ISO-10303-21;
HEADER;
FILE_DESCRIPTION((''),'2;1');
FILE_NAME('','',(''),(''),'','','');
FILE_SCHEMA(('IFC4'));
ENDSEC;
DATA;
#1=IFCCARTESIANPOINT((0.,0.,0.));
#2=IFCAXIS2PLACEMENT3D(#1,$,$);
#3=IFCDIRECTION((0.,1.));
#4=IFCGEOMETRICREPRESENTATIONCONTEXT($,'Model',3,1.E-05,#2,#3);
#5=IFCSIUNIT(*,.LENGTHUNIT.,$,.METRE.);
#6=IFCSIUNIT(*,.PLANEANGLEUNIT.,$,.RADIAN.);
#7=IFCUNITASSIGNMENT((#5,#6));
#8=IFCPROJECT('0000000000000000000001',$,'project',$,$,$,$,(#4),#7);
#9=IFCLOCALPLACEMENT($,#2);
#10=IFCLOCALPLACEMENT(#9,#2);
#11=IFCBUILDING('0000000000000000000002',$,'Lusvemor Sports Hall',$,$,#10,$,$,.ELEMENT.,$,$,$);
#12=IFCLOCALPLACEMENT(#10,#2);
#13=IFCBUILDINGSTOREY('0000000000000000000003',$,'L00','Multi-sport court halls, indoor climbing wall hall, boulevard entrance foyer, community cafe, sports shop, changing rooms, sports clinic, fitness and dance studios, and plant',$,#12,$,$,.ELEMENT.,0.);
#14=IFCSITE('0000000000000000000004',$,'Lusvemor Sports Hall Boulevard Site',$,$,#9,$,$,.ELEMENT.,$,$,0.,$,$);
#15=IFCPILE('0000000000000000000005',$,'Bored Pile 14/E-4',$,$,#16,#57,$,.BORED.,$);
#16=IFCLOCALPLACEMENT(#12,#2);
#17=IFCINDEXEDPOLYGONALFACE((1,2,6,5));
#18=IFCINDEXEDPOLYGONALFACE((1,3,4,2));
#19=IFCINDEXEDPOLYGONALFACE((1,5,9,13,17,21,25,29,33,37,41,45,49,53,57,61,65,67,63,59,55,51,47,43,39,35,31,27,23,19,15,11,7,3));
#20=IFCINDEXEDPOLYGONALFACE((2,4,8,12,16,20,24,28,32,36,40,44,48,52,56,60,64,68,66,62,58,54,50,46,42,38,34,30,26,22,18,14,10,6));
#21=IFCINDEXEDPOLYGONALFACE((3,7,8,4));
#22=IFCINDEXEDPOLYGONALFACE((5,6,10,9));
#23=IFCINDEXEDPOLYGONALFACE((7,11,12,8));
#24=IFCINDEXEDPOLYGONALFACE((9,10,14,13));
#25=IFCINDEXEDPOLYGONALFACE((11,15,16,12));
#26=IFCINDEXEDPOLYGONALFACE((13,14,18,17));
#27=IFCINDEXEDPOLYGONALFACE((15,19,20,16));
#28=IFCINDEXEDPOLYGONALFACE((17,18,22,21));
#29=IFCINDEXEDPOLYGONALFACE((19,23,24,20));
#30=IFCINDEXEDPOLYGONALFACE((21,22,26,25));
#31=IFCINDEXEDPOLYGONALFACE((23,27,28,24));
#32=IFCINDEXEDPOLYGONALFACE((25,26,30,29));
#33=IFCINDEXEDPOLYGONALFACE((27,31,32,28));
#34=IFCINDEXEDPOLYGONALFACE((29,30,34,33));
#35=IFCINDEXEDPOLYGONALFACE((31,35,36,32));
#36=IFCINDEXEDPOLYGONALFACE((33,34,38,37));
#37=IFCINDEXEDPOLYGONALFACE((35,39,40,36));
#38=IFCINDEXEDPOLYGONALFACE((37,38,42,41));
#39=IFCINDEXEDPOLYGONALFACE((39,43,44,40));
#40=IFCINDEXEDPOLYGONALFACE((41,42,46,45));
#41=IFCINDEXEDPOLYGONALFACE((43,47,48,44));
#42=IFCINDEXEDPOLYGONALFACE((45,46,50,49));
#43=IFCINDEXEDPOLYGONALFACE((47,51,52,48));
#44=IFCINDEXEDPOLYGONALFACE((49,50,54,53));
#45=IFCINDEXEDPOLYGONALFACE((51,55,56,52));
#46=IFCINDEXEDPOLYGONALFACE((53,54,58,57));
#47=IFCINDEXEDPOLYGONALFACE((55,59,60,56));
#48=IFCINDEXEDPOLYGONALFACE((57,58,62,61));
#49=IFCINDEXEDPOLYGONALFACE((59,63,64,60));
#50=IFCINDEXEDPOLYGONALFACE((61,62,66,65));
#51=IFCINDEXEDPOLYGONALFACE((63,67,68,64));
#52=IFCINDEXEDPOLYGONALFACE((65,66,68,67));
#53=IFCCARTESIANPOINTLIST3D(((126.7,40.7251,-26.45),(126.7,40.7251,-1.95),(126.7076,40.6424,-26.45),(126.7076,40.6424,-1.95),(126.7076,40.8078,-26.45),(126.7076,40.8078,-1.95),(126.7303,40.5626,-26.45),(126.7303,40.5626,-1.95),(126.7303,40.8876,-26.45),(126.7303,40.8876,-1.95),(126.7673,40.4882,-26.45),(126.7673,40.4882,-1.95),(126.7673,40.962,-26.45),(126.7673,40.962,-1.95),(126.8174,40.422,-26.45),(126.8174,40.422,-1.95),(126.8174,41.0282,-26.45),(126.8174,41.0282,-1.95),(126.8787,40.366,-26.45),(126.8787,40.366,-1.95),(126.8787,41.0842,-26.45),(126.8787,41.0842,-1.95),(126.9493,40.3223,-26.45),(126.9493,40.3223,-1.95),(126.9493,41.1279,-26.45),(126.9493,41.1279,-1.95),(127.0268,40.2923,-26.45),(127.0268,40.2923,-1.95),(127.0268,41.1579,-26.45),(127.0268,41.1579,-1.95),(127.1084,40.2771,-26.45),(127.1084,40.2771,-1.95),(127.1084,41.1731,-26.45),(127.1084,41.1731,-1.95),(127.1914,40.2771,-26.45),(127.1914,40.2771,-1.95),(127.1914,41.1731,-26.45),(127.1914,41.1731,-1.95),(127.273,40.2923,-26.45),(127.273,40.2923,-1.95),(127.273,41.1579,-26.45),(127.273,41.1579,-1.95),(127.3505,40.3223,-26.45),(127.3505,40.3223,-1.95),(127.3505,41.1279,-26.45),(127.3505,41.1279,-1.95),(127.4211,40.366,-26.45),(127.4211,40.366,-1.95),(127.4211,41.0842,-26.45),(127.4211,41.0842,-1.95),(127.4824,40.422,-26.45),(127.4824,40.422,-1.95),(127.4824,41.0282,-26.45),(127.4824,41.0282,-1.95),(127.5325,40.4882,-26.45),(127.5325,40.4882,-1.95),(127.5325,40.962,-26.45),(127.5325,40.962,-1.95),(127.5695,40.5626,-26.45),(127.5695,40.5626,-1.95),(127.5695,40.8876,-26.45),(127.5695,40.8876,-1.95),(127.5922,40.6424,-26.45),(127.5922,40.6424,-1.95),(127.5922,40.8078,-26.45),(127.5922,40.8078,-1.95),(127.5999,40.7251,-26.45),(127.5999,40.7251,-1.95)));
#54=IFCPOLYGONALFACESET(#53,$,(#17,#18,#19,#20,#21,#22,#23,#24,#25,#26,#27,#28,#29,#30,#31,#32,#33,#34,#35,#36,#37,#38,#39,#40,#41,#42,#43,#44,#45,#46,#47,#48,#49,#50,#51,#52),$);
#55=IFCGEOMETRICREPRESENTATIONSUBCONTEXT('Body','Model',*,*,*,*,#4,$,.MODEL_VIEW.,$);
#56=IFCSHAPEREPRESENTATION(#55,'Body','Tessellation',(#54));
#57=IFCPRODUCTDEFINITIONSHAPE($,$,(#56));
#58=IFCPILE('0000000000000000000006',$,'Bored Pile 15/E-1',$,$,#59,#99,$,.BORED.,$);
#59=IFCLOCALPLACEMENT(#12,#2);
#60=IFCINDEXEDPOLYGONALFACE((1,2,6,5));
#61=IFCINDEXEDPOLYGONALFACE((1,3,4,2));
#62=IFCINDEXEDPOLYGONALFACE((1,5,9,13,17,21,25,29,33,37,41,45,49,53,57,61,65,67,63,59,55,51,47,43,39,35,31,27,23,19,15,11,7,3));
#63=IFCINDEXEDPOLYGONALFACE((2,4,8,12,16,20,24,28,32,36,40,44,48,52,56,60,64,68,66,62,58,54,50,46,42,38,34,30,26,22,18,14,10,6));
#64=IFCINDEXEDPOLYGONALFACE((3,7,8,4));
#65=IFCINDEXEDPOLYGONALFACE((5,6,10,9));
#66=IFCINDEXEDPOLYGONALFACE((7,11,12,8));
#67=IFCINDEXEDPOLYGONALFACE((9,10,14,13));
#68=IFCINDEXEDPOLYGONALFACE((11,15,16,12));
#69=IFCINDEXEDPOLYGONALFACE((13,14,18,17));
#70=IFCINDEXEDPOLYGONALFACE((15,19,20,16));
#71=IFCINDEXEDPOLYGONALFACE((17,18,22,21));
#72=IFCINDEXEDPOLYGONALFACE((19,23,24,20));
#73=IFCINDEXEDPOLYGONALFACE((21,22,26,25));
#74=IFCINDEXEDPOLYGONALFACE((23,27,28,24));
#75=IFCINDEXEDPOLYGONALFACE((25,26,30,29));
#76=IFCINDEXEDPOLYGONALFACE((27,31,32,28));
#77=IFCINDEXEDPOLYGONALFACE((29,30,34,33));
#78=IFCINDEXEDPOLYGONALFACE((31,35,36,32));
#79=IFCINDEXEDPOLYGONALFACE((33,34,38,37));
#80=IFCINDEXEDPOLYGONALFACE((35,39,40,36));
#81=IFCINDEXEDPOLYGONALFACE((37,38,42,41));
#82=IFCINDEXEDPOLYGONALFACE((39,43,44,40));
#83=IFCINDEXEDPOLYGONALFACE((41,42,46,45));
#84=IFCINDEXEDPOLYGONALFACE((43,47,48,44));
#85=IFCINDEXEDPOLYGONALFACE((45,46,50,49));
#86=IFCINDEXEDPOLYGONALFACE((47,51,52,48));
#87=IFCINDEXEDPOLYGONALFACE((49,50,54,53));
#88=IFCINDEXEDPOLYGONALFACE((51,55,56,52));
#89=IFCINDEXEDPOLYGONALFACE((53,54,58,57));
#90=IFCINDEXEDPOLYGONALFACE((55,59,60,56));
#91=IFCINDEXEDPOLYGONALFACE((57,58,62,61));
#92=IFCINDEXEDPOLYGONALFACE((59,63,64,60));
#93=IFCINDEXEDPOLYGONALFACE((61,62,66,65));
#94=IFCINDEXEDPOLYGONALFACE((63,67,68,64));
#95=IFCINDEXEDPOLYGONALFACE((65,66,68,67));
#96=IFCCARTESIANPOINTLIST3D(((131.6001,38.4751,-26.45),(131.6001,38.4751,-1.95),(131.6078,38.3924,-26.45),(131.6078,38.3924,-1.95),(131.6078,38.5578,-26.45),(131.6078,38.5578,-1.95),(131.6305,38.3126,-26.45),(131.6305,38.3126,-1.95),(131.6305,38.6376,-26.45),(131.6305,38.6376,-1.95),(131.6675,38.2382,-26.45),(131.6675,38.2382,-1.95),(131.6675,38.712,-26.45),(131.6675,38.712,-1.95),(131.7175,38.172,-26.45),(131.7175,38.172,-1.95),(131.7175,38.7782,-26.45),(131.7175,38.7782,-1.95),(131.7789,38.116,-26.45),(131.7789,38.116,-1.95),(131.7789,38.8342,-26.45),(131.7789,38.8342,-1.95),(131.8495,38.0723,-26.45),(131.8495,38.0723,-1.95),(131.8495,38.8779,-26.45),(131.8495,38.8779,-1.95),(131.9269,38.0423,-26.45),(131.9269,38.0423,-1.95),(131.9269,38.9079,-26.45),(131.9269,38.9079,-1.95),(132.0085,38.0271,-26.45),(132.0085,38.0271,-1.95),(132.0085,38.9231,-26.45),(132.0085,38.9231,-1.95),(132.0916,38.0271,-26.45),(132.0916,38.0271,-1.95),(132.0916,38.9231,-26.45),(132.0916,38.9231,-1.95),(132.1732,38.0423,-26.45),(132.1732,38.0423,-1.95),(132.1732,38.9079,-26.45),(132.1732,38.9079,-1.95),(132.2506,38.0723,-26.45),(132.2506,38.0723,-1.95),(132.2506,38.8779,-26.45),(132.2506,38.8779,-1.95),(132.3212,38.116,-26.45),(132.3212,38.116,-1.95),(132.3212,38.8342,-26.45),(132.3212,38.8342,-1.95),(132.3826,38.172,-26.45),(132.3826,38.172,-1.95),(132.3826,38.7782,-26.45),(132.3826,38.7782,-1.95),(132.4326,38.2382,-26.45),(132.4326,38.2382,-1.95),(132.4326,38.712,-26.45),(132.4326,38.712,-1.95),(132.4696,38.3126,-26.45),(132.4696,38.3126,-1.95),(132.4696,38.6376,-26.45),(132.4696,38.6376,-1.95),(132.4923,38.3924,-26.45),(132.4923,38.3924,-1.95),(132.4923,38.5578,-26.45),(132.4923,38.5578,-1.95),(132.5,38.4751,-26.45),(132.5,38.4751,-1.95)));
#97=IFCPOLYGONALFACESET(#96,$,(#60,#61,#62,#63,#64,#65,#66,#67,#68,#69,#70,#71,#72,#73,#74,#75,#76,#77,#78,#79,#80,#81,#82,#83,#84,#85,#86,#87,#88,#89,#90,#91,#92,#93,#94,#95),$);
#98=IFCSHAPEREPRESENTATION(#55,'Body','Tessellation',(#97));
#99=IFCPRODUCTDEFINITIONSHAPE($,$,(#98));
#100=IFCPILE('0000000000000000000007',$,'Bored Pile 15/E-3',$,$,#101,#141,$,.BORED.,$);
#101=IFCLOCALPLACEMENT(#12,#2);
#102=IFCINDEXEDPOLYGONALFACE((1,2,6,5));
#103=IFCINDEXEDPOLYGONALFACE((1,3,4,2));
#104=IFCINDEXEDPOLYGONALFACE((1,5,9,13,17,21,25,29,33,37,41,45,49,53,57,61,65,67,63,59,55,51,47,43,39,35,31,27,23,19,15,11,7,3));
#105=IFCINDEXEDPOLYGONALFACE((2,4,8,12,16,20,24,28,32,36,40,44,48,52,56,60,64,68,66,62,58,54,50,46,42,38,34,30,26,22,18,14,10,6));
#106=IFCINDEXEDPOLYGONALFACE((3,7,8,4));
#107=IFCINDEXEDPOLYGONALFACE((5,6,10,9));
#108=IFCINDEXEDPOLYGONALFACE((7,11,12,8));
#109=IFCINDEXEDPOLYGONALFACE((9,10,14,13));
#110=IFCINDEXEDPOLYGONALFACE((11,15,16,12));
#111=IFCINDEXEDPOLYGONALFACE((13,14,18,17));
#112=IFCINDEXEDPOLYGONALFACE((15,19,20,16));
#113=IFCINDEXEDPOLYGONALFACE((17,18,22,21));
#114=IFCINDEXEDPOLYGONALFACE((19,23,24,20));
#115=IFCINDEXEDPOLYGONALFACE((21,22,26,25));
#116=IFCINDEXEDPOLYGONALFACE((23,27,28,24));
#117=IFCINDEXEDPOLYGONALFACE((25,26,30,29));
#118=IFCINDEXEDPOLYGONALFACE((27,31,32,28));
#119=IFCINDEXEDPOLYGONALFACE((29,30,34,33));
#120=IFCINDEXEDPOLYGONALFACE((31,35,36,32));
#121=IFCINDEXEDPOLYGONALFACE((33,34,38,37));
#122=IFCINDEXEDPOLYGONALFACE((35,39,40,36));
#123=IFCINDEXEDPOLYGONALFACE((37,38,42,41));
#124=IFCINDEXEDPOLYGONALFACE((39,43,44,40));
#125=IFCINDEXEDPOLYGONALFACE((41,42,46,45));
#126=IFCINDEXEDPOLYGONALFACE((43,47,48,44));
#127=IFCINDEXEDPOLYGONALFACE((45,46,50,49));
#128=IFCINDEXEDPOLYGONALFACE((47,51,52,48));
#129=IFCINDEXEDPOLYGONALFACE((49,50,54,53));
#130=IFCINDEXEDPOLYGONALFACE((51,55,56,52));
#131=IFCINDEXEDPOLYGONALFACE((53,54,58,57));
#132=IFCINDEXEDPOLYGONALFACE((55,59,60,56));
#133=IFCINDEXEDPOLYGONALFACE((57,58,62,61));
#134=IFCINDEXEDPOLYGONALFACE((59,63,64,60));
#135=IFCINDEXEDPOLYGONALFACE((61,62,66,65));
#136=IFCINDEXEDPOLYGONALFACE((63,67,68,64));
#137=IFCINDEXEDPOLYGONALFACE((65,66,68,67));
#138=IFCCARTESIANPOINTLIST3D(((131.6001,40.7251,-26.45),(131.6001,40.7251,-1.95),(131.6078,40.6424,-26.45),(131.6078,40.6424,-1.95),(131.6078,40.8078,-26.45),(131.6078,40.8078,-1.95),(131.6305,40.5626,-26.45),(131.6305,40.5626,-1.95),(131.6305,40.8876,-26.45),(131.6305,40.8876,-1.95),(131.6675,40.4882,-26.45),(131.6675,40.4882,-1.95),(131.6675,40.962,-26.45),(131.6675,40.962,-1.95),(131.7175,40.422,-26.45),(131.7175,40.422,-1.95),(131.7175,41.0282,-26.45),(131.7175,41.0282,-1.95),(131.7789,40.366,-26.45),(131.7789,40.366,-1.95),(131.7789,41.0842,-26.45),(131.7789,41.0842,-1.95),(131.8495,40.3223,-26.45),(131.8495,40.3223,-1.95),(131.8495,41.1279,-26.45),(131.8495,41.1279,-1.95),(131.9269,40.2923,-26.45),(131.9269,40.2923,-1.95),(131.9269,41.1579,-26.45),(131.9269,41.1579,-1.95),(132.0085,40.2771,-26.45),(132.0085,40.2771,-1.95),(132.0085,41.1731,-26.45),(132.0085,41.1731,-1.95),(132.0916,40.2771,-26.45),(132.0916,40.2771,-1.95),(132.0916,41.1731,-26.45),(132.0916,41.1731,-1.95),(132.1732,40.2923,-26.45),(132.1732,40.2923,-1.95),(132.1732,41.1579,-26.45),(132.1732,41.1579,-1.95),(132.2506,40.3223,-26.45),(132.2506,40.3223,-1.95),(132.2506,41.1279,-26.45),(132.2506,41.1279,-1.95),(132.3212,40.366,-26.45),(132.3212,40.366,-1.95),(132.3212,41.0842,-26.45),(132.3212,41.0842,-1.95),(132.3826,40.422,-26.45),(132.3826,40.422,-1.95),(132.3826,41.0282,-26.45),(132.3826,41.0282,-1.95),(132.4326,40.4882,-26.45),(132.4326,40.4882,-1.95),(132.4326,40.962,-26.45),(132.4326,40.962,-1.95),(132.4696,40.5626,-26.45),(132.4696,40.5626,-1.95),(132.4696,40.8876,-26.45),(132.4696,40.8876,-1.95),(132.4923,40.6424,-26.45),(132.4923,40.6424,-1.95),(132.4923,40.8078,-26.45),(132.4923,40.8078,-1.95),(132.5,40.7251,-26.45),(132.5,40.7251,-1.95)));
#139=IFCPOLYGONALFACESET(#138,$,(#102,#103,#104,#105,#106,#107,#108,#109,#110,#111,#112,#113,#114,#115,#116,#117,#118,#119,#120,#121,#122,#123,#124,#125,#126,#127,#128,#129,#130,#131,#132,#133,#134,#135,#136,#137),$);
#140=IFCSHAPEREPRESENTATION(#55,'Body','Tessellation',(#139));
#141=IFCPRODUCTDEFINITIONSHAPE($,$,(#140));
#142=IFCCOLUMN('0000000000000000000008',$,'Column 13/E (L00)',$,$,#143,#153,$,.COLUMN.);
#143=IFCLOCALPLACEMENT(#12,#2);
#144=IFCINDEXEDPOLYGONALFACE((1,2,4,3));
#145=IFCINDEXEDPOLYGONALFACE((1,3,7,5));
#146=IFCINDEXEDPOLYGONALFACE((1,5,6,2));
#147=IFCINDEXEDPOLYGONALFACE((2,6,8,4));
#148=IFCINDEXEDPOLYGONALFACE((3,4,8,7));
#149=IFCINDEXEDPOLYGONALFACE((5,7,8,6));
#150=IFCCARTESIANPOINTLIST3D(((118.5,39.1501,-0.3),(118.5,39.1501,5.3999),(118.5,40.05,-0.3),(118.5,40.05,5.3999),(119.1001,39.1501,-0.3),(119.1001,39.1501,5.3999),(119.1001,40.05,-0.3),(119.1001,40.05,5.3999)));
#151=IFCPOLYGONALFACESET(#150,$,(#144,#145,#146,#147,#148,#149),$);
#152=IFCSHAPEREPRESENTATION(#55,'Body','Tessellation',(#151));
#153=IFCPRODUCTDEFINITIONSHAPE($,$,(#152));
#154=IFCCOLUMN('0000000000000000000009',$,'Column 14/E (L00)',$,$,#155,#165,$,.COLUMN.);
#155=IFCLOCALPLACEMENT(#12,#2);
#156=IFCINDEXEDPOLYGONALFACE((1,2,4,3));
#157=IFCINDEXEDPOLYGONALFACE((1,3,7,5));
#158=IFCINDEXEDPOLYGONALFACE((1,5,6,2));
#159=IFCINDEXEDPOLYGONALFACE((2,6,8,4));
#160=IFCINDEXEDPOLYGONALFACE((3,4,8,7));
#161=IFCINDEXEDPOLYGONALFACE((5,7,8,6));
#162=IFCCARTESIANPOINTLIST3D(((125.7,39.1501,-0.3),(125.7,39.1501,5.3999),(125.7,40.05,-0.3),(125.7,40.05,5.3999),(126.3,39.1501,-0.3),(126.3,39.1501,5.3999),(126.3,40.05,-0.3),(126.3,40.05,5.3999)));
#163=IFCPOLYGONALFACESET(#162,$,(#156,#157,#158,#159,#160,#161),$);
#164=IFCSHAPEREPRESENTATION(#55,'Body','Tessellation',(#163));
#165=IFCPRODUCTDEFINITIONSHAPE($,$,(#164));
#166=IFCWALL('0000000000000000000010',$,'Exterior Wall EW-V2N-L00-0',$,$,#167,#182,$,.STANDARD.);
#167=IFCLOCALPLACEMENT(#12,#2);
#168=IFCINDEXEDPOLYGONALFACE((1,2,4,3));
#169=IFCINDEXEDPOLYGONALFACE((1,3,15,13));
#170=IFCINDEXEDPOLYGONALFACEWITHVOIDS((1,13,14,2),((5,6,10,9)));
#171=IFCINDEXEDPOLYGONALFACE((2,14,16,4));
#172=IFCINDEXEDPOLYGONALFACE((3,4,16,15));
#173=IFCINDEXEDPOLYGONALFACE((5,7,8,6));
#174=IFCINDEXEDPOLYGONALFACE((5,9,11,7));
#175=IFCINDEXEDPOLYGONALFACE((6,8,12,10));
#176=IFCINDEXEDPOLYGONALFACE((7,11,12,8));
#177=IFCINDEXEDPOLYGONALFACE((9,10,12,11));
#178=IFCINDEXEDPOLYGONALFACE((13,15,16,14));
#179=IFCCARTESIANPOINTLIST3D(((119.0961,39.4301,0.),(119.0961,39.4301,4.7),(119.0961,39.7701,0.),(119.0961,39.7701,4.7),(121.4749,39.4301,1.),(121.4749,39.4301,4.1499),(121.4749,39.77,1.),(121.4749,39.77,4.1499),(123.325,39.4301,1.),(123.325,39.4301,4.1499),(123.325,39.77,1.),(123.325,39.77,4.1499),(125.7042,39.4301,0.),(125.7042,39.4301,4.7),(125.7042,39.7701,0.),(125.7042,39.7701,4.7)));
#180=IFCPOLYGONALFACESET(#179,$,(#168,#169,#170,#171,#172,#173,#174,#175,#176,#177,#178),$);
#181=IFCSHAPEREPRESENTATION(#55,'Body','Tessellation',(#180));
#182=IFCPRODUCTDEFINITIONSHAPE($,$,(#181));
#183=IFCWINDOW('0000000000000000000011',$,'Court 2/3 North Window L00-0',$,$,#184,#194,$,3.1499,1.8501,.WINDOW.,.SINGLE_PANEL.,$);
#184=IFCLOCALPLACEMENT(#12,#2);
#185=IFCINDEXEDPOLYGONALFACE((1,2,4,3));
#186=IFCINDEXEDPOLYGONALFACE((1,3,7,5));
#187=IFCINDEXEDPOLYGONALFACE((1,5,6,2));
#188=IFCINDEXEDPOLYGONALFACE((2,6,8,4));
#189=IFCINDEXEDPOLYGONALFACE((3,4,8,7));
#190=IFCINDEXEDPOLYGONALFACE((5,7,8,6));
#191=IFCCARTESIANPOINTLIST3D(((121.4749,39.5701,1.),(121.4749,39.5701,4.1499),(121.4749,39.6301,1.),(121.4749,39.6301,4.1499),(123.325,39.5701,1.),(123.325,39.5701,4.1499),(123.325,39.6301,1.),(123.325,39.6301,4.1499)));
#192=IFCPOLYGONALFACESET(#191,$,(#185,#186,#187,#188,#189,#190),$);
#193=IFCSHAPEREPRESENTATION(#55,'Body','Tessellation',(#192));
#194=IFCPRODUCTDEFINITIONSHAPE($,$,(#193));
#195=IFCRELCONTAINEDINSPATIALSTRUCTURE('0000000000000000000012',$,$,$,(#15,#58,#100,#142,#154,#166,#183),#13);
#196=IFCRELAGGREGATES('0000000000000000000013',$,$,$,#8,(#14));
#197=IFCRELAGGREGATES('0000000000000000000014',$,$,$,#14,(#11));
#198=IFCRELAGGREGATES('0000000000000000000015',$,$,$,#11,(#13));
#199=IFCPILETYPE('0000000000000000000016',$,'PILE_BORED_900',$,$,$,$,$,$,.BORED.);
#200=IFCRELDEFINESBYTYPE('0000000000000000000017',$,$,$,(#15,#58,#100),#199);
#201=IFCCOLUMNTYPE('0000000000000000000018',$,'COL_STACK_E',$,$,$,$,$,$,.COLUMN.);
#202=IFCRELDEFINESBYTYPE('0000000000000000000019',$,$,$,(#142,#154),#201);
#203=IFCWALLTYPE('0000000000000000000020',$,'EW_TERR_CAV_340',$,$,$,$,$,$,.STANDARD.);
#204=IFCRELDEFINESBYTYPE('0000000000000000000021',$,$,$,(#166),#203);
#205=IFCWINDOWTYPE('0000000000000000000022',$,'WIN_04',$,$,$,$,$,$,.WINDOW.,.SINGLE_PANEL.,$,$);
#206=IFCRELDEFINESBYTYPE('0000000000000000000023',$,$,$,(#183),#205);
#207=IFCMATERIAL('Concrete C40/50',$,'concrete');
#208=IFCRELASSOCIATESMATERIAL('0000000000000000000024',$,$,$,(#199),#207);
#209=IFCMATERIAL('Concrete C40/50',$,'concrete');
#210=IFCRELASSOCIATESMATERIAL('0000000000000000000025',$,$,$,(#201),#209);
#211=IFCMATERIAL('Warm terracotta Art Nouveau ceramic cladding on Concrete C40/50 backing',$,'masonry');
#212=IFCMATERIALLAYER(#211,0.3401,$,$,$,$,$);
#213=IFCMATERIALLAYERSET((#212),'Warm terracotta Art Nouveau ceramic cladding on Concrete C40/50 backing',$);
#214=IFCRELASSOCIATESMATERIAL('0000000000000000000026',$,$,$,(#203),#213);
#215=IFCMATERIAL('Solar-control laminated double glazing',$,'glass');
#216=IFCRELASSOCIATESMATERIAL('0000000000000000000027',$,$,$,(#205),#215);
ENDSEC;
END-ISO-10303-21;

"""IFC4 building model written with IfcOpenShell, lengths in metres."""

from ifc_helpers import new_model, si_unit, direction, frame, frame_2d, origin, origin_2d, place, context, subcontext, project, spatial, rectangle, circle, extrude, material, layer, layer_set, material_profile, profile_set, type_object, element, fill, save


model = new_model("IFC4")

# Units and contexts
model_context = context("Model", 3, precision=1e-05, world=origin(), true_north=direction((0.0, 1.0)))
body_context = subcontext(model_context, "Body", "Model", "MODEL_VIEW")
ifc_project = project(units=[si_unit("LENGTHUNIT", "METRE"), si_unit("PLANEANGLEUNIT", "RADIAN")], contexts=[model_context])

# Site, building, storey
site_placement = place(None, origin())
site = spatial("IfcSite", under=ifc_project, at=site_placement, Name="Lusvemor Sports Hall Boulevard Site", CompositionType="ELEMENT", RefElevation=0.0)
building_placement = place(site_placement, origin())
building = spatial("IfcBuilding", under=site, at=building_placement, Name="Lusvemor Sports Hall", CompositionType="ELEMENT")
storey_placement = place(building_placement, origin())
storey = spatial("IfcBuildingStorey", under=building, at=storey_placement, Name="L00", Description="Multi-sport court halls, indoor climbing wall hall, boulevard entrance foyer, community cafe, sports shop, changing rooms, sports clinic, fitness and dance studios, and plant", CompositionType="ELEMENT", Elevation=0.0)

# Piles
ifc_material_1 = material(Name="Concrete C40/50", Category="concrete")
ifc_material_profile_1 = material_profile(ifc_material_1, circle(Radius=0.45, at=origin_2d()), Name="PILE900")
ifc_profile_set_1 = profile_set([ifc_material_profile_1], Name="Concrete C40/50")
pile_type_1 = type_object("IfcPileType", Name="PILE_BORED_900", PredefinedType="BORED", material=ifc_profile_set_1)
for number, where, z_axis, x_axis, name in (
    (1, (127.1499, 40.7251, -1.95), (0.0, 0.0, -1.0), (1.0, 0.0, 0.0), "Bored Pile 14/E-4"),
    (2, (132.05, 38.4751, -1.95), (0.0, 0.0, -1.0), (1.0, 0.0, 0.0), "Bored Pile 15/E-1"),
    (3, (132.05, 40.7251, -1.95), (0.0, 0.0, -1.0), (1.0, 0.0, 0.0), "Bored Pile 15/E-3"),
):
    element("IfcPile", number, at=place(storey_placement, frame(where, z_axis=z_axis, x_axis=x_axis)), inside=storey, type_object=pile_type_1, Name=name, PredefinedType="BORED", context=body_context, shape_type="SweptSolid", body=[
        extrude(circle(Radius=0.45, at=origin_2d()), origin(), (0.0, 0.0, 1.0), 24.5),
    ])

# Columns
ifc_material_2 = material(Name="Concrete C40/50", Category="concrete")
ifc_material_profile_2 = material_profile(ifc_material_2, rectangle(XDim=0.6001, YDim=0.8999, at=origin_2d()), Name="RC600x900")
ifc_profile_set_2 = profile_set([ifc_material_profile_2], Name="Concrete C40/50")
column_type = type_object("IfcColumnType", Name="COL_STACK_E", PredefinedType="COLUMN", material=ifc_profile_set_2)
for number, where, z_axis, x_axis, name in (
    (4, (118.8, 39.6001, -0.3), (0.0, 0.0, 1.0), (1.0, 0.0, 0.0), "Column 13/E (L00)"),
    (5, (126.0, 39.6001, -0.3), (0.0, 0.0, 1.0), (1.0, 0.0, 0.0), "Column 14/E (L00)"),
):
    element("IfcColumn", number, at=place(storey_placement, frame(where, z_axis=z_axis, x_axis=x_axis)), inside=storey, type_object=column_type, Name=name, PredefinedType="COLUMN", context=body_context, shape_type="SweptSolid", body=[
        extrude(rectangle(XDim=0.6001, YDim=0.8999, at=origin_2d()), origin(), (0.0, 0.0, 1.0), 5.7),
    ])

# Wall, opening, window
ifc_material_3 = material(Name="Warm terracotta Art Nouveau ceramic cladding on Concrete C40/50 backing", Category="masonry")
ifc_layer_1 = layer(ifc_material_3, 0.3401)
ifc_layer_set_1 = layer_set([ifc_layer_1], Name="Warm terracotta Art Nouveau ceramic cladding on Concrete C40/50 backing")
wall_type = type_object("IfcWallType", Name="EW_TERR_CAV_340", PredefinedType="STANDARD", material=ifc_layer_set_1)
wall_1_placement = place(storey_placement, frame((119.0959, 39.6001, 0.0), z_axis=(0.0, 0.0, 1.0), x_axis=(1.0, 0.0, 0.0)))
wall_1 = element("IfcWall", 6, at=wall_1_placement, inside=storey, type_object=wall_type, Name="Exterior Wall EW-V2N-L00-0", PredefinedType="STANDARD", context=body_context, shape_type="SweptSolid", body=[
    extrude(rectangle(XDim=6.6082, YDim=0.3401, at=frame_2d((3.3042, 0.0))), origin(), (0.0, 0.0, 1.0), 4.7),
])
opening_1_placement = place(wall_1_placement, frame((2.3789, 0.0, 1.0)))
opening_1 = element("IfcOpeningElement", 7, at=opening_1_placement, cuts=wall_1, PredefinedType="OPENING", context=body_context, shape_type="SweptSolid", body=[
    extrude(rectangle(XDim=1.8501, YDim=3.1499, at=frame_2d((0.925, 1.575))), frame((0.0, 0.1699, 0.0), z_axis=(0.0, -1.0, 0.0), x_axis=(1.0, 0.0, 0.0)), (0.0, 0.0, 1.0), 0.3401),
])
ifc_material_4 = material(Name="Solar-control laminated double glazing", Category="glass")
window_type = type_object("IfcWindowType", Name="WIN_04", PartitioningType="SINGLE_PANEL", PredefinedType="WINDOW", material=ifc_material_4)
window_1_placement = place(opening_1_placement, origin())
window_1 = element("IfcWindow", 8, at=window_1_placement, inside=storey, type_object=window_type, Name="Court 2/3 North Window L00-0", OverallHeight=3.1499, OverallWidth=1.8501, PartitioningType="SINGLE_PANEL", PredefinedType="WINDOW", context=body_context, shape_type="SweptSolid", body=[
    extrude(rectangle(XDim=1.8501, YDim=3.1499, at=frame_2d((0.925, 1.575))), frame((0.0, 0.03, 0.0), z_axis=(0.0, -1.0, 0.0), x_axis=(1.0, 0.0, 0.0)), (0.0, 0.0, 1.0), 0.0601),
])
fill(opening_1, window_1)

save(model, "model.ifc")
